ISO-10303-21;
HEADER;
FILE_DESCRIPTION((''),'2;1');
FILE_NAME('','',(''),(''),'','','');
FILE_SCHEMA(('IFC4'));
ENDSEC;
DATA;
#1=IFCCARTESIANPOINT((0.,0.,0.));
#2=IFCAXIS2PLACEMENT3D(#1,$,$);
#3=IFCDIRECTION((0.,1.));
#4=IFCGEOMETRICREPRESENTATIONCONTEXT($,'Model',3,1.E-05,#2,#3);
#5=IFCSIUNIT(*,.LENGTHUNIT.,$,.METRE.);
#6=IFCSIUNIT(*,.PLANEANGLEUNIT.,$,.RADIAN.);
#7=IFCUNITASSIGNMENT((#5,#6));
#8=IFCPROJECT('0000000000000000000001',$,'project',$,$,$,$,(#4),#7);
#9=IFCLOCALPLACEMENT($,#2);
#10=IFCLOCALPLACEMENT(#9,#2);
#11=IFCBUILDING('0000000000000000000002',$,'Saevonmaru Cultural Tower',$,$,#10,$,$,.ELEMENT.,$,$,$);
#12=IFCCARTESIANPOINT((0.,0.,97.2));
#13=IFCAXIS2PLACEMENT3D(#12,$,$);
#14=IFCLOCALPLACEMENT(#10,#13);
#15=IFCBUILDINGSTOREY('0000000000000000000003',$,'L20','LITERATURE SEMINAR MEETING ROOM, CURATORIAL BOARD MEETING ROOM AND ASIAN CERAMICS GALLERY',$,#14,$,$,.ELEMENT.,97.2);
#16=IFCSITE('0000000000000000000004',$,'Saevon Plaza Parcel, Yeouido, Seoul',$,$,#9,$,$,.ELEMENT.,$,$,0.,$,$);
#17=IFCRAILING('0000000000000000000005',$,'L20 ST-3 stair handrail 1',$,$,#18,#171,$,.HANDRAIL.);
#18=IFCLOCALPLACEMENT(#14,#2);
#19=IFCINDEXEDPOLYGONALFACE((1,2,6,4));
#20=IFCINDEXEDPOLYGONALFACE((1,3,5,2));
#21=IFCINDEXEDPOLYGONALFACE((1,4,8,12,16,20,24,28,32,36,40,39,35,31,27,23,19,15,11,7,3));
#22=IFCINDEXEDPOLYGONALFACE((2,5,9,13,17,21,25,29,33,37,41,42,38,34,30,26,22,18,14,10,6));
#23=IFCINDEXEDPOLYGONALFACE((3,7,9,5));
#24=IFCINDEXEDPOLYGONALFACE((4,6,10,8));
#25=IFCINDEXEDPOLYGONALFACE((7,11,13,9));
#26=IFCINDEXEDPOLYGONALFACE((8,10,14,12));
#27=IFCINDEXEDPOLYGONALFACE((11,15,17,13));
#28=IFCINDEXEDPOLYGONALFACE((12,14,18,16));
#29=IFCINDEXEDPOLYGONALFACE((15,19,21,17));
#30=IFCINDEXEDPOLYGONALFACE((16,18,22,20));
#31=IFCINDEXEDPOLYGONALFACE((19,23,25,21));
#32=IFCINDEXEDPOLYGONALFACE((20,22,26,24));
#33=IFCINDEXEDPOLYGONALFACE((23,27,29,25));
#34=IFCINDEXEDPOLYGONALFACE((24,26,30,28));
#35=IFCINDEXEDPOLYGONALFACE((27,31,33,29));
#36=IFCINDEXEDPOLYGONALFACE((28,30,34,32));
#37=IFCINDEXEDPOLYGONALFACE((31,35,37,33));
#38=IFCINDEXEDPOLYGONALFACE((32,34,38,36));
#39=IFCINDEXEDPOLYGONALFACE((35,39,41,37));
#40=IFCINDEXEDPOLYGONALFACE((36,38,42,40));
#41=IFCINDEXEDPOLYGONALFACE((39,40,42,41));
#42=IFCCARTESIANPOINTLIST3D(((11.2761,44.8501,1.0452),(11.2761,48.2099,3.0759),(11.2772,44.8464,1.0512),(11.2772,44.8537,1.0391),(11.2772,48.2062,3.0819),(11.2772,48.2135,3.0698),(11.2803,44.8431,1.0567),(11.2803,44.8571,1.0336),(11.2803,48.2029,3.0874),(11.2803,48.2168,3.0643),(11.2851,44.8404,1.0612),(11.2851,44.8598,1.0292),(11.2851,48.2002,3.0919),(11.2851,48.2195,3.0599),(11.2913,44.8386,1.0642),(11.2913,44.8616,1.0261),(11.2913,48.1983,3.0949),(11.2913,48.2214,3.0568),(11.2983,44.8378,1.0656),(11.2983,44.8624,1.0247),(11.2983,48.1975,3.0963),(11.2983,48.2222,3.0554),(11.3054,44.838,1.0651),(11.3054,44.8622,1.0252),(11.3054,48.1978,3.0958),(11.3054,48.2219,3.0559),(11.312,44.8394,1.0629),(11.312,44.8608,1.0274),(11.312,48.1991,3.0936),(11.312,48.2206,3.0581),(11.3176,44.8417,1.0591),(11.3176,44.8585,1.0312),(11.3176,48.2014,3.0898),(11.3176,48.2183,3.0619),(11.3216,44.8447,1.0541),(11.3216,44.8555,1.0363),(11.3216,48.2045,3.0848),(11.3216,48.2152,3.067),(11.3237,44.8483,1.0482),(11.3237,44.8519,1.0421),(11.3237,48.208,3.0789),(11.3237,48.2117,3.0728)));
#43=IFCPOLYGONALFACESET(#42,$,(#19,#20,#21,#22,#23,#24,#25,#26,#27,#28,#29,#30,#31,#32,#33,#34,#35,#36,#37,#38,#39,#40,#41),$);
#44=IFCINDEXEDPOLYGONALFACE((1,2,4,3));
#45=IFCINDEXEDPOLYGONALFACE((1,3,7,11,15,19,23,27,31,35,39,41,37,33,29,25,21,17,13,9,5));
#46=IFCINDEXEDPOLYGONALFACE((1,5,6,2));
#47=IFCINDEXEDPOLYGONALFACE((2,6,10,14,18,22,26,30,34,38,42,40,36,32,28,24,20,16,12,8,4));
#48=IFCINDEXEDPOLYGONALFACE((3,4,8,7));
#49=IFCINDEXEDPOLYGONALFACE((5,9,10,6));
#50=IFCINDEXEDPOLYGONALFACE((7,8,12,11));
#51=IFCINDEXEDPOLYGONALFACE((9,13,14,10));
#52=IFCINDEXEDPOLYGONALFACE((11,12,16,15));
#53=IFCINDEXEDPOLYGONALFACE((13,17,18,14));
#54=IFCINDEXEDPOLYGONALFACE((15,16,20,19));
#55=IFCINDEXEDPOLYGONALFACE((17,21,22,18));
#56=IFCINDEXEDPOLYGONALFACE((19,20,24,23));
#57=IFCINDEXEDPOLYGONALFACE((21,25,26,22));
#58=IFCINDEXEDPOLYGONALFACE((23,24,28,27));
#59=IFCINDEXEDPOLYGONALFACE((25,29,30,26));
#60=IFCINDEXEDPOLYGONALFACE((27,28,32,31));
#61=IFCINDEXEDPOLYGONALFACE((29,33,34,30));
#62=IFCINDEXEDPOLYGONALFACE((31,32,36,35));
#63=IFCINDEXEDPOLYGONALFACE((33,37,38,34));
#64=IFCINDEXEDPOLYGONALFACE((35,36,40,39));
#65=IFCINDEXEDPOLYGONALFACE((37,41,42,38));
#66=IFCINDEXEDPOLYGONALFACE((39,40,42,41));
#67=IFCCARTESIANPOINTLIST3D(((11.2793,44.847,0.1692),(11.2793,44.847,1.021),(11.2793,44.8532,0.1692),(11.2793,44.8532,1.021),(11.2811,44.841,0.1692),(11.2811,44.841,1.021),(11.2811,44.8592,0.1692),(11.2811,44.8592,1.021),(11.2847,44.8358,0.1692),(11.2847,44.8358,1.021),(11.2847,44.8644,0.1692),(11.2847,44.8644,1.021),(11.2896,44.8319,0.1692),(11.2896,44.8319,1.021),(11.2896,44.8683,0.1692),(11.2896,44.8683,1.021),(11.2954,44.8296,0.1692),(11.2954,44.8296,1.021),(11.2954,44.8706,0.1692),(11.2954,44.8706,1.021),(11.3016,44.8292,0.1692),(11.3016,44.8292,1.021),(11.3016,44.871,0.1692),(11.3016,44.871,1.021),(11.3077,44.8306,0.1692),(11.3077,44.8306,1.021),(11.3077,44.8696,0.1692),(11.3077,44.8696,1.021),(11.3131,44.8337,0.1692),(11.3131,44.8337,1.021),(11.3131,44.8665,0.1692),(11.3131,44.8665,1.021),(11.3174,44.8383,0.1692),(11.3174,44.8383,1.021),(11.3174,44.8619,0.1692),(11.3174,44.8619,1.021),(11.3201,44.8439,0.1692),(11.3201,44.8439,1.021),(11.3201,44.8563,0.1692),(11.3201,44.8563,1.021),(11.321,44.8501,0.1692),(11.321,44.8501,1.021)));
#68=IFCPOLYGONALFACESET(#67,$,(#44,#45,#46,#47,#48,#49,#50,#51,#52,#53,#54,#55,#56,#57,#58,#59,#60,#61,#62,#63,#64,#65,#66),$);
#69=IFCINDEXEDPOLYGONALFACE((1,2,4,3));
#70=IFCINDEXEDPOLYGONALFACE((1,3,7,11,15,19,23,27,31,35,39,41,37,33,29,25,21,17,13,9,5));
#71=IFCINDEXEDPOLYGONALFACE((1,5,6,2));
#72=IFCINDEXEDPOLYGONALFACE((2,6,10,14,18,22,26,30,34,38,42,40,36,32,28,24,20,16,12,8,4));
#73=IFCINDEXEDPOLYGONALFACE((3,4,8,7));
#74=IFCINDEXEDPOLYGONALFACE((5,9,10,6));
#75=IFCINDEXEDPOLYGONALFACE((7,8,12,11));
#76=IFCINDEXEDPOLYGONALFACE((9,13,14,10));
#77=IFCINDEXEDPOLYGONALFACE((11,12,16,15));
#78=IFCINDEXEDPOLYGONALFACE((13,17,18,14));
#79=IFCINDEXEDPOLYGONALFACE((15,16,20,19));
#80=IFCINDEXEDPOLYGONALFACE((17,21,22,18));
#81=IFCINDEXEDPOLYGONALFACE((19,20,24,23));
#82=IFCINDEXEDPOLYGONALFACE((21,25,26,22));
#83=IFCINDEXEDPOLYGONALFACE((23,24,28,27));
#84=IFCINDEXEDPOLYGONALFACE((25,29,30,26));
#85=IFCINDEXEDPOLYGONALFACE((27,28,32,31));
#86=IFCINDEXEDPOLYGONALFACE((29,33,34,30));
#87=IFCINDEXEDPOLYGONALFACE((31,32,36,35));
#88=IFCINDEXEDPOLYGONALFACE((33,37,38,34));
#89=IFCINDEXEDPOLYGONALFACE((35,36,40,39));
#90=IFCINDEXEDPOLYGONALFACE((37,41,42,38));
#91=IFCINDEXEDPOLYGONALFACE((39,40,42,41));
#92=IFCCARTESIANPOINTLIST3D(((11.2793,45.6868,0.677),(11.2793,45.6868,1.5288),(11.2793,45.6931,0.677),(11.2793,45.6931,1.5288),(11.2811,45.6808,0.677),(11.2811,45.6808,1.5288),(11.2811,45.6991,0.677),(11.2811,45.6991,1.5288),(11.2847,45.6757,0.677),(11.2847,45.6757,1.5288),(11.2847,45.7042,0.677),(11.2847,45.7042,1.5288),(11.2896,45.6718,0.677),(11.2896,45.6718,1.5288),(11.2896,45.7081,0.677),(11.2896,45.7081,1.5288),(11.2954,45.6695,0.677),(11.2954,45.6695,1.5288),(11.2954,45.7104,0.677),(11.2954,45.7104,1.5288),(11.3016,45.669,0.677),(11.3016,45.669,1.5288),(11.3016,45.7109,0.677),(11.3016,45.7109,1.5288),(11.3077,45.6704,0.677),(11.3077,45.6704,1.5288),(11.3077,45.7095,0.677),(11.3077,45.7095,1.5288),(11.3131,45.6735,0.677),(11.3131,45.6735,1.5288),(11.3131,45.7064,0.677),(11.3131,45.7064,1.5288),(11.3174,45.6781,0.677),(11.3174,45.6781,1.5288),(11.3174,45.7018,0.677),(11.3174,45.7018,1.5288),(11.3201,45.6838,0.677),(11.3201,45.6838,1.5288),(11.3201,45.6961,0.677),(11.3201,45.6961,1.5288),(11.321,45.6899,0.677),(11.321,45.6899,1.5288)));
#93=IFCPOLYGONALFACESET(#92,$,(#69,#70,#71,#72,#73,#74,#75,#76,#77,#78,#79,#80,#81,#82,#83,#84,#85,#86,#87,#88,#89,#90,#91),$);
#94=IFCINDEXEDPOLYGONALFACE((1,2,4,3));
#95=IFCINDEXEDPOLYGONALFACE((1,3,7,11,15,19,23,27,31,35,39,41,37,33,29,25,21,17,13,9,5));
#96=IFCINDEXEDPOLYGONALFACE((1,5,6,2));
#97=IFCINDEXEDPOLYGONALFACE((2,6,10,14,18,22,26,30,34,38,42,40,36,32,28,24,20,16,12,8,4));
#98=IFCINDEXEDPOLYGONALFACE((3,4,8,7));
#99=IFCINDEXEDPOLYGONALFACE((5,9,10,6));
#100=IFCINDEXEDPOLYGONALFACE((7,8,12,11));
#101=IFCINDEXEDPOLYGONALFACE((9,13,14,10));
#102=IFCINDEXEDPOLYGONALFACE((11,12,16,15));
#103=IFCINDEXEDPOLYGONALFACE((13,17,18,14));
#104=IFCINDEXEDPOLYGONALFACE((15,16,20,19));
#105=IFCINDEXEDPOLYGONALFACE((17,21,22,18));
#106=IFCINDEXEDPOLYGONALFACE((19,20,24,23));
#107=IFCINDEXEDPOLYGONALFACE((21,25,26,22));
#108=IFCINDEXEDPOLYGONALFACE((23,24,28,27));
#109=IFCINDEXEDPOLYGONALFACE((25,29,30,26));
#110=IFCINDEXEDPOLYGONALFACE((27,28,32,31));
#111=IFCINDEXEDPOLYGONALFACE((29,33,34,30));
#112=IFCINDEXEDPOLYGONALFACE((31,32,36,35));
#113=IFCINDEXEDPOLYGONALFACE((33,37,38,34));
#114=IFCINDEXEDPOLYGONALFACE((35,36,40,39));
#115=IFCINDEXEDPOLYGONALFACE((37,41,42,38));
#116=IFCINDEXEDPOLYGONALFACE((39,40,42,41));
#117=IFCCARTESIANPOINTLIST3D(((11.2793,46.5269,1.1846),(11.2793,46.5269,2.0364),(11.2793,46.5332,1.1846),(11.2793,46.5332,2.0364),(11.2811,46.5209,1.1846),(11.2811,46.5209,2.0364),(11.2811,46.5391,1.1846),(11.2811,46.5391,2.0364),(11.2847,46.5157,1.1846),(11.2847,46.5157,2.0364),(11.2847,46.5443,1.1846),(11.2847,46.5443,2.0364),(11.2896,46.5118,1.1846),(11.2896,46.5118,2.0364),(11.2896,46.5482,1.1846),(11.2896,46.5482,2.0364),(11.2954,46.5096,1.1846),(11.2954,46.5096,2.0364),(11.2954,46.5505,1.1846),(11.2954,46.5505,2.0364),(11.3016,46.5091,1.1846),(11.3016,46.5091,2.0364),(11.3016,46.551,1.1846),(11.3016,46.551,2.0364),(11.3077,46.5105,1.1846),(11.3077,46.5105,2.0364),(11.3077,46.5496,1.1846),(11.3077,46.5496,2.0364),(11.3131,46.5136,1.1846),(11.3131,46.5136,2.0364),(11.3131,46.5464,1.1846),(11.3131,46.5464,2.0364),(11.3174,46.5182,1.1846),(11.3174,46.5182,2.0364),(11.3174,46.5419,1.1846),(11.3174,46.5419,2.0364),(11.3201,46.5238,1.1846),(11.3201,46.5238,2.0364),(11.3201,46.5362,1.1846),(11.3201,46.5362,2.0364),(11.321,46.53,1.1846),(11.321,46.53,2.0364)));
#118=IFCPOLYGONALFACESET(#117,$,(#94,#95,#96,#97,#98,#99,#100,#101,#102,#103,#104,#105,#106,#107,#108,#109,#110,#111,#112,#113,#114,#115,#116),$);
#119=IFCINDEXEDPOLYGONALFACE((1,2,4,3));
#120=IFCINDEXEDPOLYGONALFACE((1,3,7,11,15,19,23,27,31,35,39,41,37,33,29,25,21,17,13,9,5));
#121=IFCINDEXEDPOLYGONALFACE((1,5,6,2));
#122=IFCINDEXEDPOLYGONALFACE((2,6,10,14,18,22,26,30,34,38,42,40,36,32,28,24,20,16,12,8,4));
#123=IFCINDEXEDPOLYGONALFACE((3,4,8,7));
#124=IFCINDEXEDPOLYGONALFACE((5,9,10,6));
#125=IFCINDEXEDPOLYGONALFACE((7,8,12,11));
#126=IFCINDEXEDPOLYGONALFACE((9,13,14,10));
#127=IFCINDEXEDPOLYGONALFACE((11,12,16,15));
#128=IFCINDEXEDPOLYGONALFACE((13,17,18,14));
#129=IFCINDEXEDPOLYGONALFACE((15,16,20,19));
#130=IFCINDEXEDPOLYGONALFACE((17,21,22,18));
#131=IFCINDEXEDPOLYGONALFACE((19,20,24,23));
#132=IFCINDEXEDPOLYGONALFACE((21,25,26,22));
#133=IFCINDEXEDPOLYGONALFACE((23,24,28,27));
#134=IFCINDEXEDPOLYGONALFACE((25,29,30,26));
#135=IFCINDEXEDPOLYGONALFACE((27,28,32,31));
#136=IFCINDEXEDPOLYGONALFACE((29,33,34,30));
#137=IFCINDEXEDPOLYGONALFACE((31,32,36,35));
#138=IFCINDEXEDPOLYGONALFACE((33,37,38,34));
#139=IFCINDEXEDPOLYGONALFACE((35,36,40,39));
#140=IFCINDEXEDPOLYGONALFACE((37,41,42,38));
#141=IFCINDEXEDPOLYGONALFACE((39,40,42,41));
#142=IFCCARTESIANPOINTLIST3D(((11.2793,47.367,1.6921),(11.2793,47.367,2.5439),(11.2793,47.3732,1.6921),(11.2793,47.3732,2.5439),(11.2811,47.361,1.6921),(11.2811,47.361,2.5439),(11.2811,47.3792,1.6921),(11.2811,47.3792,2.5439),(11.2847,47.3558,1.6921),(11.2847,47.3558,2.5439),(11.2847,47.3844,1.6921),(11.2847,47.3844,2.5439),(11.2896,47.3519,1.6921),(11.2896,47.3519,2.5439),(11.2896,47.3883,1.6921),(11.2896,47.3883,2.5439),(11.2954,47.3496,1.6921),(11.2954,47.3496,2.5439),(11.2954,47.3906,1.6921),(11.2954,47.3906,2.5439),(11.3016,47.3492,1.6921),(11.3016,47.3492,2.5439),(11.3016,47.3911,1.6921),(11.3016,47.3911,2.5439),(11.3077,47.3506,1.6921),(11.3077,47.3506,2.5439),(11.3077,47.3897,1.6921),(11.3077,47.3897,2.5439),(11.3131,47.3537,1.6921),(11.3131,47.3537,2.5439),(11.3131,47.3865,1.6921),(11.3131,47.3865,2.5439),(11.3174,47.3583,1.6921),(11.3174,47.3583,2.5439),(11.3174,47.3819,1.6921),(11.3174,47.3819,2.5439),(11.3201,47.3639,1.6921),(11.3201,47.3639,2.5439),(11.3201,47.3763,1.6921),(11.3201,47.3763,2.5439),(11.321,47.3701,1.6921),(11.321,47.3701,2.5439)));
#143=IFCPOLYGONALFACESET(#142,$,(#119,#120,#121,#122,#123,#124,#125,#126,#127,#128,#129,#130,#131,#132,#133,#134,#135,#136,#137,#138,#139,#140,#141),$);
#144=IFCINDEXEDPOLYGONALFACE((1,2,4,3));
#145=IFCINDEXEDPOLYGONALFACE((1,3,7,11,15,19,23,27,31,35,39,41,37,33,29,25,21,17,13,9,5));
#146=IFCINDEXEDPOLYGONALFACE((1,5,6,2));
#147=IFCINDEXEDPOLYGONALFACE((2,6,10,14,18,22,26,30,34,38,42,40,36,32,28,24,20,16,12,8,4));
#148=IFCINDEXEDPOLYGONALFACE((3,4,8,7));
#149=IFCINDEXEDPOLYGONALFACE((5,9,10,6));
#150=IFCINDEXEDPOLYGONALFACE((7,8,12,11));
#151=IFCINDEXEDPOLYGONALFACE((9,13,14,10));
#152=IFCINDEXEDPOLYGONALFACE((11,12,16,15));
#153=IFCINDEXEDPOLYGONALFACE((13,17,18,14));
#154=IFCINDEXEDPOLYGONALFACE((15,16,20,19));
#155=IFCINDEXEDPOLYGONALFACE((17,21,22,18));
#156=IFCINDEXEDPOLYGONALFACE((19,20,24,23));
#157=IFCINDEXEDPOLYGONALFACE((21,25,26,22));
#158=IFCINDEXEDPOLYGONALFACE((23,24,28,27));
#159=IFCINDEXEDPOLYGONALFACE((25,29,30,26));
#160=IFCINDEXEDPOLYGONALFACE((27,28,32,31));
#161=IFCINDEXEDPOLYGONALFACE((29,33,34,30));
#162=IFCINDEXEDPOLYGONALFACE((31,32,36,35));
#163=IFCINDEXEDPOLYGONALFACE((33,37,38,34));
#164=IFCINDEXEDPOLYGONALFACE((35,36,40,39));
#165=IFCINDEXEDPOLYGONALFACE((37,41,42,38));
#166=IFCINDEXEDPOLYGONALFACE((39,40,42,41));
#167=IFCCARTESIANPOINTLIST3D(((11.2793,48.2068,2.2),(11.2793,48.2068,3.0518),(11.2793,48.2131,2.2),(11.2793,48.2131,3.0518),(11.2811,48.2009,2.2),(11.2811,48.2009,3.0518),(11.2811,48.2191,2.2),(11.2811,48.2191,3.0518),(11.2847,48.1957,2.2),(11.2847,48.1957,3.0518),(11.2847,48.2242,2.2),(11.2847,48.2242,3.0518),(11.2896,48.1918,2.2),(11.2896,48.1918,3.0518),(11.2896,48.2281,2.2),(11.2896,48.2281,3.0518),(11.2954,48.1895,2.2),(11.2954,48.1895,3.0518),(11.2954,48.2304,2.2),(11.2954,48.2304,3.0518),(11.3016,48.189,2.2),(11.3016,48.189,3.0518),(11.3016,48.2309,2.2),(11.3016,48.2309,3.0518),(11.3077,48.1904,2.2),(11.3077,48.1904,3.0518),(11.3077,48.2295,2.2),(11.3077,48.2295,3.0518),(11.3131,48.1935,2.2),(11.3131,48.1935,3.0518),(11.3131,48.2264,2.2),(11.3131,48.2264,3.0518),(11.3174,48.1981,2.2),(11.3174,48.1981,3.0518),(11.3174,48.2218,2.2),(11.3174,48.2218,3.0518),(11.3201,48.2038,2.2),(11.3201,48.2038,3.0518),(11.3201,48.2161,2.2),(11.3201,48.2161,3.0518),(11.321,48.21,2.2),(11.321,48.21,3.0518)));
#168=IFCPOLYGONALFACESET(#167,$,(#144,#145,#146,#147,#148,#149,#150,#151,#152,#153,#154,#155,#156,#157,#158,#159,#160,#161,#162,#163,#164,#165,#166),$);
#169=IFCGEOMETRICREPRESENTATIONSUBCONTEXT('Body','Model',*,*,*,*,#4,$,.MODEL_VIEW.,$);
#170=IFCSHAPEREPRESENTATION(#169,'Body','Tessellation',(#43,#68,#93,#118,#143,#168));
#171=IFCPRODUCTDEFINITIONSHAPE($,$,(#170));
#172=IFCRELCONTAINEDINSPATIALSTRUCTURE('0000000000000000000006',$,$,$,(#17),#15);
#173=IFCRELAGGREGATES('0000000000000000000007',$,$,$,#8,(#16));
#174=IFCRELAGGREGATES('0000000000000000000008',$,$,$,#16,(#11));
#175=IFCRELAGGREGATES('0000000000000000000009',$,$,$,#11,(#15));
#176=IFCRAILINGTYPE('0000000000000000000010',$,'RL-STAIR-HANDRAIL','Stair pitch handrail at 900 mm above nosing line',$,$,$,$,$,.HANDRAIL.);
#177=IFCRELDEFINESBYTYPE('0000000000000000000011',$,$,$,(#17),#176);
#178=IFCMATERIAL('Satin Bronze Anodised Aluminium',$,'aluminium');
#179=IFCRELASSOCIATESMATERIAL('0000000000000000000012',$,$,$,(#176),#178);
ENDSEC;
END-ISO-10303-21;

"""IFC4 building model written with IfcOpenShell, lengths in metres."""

from ifc_helpers import new_model, si_unit, direction, frame, origin, origin_2d, place, context, subcontext, project, spatial, circle, extrude, material, type_object, element, save


model = new_model("IFC4")

# Units and contexts
model_context = context("Model", 3, precision=1e-05, world=origin(), true_north=direction((0.0, 1.0)))
body_context = subcontext(model_context, "Body", "Model", "MODEL_VIEW")
ifc_project = project(units=[si_unit("LENGTHUNIT", "METRE"), si_unit("PLANEANGLEUNIT", "RADIAN")], contexts=[model_context])

# Site, building, storey
site_placement = place(None, origin())
site = spatial("IfcSite", under=ifc_project, at=site_placement, Name="Saevon Plaza Parcel, Yeouido, Seoul", CompositionType="ELEMENT", RefElevation=0.0)
building_placement = place(site_placement, origin())
building = spatial("IfcBuilding", under=site, at=building_placement, Name="Saevonmaru Cultural Tower", CompositionType="ELEMENT")
storey_placement = place(building_placement, frame((0.0, 0.0, 97.2)))
storey = spatial("IfcBuildingStorey", under=building, at=storey_placement, Name="L20", Description="LITERATURE SEMINAR MEETING ROOM, CURATORIAL BOARD MEETING ROOM AND ASIAN CERAMICS GALLERY", CompositionType="ELEMENT", Elevation=97.2)

# Shared definitions
ifc_material_1 = material(Name="Satin Bronze Anodised Aluminium", Category="aluminium")

# Railing
railing_type_1 = type_object("IfcRailingType", Name="RL-STAIR-HANDRAIL", Description="Stair pitch handrail at 900 mm above nosing line", PredefinedType="HANDRAIL", material=ifc_material_1)
railing_1_placement = place(storey_placement, frame((11.3, 44.8501, 0.1692)))
element("IfcRailing", 1, at=railing_1_placement, inside=storey, type_object=railing_type_1, Name="L20 ST-3 stair handrail 1", PredefinedType="HANDRAIL", context=body_context, shape_type="SweptSolid", body=[
    extrude(circle(Radius=0.0239, at=origin_2d()), frame((0.0, 0.0, 0.876), z_axis=(0.0, 0.85582, 0.517273), x_axis=(-1.0, 0.0, 0.0)), (0.0, 0.0, 1.0), 3.9258),
    extrude(circle(Radius=0.021, at=origin_2d()), origin(), (0.0, 0.0, 1.0), 0.8518),
    extrude(circle(Radius=0.021, at=origin_2d()), frame((0.0, 0.8398, 0.5078)), (0.0, 0.0, 1.0), 0.8518),
    extrude(circle(Radius=0.021, at=origin_2d()), frame((0.0, 1.6799, 1.0154)), (0.0, 0.0, 1.0), 0.8518),
    extrude(circle(Radius=0.021, at=origin_2d()), frame((0.0, 2.52, 1.5229)), (0.0, 0.0, 1.0), 0.8518),
    extrude(circle(Radius=0.021, at=origin_2d()), frame((0.0, 3.3599, 2.0308)), (0.0, 0.0, 1.0), 0.8518),
])

save(model, "model.ifc")
